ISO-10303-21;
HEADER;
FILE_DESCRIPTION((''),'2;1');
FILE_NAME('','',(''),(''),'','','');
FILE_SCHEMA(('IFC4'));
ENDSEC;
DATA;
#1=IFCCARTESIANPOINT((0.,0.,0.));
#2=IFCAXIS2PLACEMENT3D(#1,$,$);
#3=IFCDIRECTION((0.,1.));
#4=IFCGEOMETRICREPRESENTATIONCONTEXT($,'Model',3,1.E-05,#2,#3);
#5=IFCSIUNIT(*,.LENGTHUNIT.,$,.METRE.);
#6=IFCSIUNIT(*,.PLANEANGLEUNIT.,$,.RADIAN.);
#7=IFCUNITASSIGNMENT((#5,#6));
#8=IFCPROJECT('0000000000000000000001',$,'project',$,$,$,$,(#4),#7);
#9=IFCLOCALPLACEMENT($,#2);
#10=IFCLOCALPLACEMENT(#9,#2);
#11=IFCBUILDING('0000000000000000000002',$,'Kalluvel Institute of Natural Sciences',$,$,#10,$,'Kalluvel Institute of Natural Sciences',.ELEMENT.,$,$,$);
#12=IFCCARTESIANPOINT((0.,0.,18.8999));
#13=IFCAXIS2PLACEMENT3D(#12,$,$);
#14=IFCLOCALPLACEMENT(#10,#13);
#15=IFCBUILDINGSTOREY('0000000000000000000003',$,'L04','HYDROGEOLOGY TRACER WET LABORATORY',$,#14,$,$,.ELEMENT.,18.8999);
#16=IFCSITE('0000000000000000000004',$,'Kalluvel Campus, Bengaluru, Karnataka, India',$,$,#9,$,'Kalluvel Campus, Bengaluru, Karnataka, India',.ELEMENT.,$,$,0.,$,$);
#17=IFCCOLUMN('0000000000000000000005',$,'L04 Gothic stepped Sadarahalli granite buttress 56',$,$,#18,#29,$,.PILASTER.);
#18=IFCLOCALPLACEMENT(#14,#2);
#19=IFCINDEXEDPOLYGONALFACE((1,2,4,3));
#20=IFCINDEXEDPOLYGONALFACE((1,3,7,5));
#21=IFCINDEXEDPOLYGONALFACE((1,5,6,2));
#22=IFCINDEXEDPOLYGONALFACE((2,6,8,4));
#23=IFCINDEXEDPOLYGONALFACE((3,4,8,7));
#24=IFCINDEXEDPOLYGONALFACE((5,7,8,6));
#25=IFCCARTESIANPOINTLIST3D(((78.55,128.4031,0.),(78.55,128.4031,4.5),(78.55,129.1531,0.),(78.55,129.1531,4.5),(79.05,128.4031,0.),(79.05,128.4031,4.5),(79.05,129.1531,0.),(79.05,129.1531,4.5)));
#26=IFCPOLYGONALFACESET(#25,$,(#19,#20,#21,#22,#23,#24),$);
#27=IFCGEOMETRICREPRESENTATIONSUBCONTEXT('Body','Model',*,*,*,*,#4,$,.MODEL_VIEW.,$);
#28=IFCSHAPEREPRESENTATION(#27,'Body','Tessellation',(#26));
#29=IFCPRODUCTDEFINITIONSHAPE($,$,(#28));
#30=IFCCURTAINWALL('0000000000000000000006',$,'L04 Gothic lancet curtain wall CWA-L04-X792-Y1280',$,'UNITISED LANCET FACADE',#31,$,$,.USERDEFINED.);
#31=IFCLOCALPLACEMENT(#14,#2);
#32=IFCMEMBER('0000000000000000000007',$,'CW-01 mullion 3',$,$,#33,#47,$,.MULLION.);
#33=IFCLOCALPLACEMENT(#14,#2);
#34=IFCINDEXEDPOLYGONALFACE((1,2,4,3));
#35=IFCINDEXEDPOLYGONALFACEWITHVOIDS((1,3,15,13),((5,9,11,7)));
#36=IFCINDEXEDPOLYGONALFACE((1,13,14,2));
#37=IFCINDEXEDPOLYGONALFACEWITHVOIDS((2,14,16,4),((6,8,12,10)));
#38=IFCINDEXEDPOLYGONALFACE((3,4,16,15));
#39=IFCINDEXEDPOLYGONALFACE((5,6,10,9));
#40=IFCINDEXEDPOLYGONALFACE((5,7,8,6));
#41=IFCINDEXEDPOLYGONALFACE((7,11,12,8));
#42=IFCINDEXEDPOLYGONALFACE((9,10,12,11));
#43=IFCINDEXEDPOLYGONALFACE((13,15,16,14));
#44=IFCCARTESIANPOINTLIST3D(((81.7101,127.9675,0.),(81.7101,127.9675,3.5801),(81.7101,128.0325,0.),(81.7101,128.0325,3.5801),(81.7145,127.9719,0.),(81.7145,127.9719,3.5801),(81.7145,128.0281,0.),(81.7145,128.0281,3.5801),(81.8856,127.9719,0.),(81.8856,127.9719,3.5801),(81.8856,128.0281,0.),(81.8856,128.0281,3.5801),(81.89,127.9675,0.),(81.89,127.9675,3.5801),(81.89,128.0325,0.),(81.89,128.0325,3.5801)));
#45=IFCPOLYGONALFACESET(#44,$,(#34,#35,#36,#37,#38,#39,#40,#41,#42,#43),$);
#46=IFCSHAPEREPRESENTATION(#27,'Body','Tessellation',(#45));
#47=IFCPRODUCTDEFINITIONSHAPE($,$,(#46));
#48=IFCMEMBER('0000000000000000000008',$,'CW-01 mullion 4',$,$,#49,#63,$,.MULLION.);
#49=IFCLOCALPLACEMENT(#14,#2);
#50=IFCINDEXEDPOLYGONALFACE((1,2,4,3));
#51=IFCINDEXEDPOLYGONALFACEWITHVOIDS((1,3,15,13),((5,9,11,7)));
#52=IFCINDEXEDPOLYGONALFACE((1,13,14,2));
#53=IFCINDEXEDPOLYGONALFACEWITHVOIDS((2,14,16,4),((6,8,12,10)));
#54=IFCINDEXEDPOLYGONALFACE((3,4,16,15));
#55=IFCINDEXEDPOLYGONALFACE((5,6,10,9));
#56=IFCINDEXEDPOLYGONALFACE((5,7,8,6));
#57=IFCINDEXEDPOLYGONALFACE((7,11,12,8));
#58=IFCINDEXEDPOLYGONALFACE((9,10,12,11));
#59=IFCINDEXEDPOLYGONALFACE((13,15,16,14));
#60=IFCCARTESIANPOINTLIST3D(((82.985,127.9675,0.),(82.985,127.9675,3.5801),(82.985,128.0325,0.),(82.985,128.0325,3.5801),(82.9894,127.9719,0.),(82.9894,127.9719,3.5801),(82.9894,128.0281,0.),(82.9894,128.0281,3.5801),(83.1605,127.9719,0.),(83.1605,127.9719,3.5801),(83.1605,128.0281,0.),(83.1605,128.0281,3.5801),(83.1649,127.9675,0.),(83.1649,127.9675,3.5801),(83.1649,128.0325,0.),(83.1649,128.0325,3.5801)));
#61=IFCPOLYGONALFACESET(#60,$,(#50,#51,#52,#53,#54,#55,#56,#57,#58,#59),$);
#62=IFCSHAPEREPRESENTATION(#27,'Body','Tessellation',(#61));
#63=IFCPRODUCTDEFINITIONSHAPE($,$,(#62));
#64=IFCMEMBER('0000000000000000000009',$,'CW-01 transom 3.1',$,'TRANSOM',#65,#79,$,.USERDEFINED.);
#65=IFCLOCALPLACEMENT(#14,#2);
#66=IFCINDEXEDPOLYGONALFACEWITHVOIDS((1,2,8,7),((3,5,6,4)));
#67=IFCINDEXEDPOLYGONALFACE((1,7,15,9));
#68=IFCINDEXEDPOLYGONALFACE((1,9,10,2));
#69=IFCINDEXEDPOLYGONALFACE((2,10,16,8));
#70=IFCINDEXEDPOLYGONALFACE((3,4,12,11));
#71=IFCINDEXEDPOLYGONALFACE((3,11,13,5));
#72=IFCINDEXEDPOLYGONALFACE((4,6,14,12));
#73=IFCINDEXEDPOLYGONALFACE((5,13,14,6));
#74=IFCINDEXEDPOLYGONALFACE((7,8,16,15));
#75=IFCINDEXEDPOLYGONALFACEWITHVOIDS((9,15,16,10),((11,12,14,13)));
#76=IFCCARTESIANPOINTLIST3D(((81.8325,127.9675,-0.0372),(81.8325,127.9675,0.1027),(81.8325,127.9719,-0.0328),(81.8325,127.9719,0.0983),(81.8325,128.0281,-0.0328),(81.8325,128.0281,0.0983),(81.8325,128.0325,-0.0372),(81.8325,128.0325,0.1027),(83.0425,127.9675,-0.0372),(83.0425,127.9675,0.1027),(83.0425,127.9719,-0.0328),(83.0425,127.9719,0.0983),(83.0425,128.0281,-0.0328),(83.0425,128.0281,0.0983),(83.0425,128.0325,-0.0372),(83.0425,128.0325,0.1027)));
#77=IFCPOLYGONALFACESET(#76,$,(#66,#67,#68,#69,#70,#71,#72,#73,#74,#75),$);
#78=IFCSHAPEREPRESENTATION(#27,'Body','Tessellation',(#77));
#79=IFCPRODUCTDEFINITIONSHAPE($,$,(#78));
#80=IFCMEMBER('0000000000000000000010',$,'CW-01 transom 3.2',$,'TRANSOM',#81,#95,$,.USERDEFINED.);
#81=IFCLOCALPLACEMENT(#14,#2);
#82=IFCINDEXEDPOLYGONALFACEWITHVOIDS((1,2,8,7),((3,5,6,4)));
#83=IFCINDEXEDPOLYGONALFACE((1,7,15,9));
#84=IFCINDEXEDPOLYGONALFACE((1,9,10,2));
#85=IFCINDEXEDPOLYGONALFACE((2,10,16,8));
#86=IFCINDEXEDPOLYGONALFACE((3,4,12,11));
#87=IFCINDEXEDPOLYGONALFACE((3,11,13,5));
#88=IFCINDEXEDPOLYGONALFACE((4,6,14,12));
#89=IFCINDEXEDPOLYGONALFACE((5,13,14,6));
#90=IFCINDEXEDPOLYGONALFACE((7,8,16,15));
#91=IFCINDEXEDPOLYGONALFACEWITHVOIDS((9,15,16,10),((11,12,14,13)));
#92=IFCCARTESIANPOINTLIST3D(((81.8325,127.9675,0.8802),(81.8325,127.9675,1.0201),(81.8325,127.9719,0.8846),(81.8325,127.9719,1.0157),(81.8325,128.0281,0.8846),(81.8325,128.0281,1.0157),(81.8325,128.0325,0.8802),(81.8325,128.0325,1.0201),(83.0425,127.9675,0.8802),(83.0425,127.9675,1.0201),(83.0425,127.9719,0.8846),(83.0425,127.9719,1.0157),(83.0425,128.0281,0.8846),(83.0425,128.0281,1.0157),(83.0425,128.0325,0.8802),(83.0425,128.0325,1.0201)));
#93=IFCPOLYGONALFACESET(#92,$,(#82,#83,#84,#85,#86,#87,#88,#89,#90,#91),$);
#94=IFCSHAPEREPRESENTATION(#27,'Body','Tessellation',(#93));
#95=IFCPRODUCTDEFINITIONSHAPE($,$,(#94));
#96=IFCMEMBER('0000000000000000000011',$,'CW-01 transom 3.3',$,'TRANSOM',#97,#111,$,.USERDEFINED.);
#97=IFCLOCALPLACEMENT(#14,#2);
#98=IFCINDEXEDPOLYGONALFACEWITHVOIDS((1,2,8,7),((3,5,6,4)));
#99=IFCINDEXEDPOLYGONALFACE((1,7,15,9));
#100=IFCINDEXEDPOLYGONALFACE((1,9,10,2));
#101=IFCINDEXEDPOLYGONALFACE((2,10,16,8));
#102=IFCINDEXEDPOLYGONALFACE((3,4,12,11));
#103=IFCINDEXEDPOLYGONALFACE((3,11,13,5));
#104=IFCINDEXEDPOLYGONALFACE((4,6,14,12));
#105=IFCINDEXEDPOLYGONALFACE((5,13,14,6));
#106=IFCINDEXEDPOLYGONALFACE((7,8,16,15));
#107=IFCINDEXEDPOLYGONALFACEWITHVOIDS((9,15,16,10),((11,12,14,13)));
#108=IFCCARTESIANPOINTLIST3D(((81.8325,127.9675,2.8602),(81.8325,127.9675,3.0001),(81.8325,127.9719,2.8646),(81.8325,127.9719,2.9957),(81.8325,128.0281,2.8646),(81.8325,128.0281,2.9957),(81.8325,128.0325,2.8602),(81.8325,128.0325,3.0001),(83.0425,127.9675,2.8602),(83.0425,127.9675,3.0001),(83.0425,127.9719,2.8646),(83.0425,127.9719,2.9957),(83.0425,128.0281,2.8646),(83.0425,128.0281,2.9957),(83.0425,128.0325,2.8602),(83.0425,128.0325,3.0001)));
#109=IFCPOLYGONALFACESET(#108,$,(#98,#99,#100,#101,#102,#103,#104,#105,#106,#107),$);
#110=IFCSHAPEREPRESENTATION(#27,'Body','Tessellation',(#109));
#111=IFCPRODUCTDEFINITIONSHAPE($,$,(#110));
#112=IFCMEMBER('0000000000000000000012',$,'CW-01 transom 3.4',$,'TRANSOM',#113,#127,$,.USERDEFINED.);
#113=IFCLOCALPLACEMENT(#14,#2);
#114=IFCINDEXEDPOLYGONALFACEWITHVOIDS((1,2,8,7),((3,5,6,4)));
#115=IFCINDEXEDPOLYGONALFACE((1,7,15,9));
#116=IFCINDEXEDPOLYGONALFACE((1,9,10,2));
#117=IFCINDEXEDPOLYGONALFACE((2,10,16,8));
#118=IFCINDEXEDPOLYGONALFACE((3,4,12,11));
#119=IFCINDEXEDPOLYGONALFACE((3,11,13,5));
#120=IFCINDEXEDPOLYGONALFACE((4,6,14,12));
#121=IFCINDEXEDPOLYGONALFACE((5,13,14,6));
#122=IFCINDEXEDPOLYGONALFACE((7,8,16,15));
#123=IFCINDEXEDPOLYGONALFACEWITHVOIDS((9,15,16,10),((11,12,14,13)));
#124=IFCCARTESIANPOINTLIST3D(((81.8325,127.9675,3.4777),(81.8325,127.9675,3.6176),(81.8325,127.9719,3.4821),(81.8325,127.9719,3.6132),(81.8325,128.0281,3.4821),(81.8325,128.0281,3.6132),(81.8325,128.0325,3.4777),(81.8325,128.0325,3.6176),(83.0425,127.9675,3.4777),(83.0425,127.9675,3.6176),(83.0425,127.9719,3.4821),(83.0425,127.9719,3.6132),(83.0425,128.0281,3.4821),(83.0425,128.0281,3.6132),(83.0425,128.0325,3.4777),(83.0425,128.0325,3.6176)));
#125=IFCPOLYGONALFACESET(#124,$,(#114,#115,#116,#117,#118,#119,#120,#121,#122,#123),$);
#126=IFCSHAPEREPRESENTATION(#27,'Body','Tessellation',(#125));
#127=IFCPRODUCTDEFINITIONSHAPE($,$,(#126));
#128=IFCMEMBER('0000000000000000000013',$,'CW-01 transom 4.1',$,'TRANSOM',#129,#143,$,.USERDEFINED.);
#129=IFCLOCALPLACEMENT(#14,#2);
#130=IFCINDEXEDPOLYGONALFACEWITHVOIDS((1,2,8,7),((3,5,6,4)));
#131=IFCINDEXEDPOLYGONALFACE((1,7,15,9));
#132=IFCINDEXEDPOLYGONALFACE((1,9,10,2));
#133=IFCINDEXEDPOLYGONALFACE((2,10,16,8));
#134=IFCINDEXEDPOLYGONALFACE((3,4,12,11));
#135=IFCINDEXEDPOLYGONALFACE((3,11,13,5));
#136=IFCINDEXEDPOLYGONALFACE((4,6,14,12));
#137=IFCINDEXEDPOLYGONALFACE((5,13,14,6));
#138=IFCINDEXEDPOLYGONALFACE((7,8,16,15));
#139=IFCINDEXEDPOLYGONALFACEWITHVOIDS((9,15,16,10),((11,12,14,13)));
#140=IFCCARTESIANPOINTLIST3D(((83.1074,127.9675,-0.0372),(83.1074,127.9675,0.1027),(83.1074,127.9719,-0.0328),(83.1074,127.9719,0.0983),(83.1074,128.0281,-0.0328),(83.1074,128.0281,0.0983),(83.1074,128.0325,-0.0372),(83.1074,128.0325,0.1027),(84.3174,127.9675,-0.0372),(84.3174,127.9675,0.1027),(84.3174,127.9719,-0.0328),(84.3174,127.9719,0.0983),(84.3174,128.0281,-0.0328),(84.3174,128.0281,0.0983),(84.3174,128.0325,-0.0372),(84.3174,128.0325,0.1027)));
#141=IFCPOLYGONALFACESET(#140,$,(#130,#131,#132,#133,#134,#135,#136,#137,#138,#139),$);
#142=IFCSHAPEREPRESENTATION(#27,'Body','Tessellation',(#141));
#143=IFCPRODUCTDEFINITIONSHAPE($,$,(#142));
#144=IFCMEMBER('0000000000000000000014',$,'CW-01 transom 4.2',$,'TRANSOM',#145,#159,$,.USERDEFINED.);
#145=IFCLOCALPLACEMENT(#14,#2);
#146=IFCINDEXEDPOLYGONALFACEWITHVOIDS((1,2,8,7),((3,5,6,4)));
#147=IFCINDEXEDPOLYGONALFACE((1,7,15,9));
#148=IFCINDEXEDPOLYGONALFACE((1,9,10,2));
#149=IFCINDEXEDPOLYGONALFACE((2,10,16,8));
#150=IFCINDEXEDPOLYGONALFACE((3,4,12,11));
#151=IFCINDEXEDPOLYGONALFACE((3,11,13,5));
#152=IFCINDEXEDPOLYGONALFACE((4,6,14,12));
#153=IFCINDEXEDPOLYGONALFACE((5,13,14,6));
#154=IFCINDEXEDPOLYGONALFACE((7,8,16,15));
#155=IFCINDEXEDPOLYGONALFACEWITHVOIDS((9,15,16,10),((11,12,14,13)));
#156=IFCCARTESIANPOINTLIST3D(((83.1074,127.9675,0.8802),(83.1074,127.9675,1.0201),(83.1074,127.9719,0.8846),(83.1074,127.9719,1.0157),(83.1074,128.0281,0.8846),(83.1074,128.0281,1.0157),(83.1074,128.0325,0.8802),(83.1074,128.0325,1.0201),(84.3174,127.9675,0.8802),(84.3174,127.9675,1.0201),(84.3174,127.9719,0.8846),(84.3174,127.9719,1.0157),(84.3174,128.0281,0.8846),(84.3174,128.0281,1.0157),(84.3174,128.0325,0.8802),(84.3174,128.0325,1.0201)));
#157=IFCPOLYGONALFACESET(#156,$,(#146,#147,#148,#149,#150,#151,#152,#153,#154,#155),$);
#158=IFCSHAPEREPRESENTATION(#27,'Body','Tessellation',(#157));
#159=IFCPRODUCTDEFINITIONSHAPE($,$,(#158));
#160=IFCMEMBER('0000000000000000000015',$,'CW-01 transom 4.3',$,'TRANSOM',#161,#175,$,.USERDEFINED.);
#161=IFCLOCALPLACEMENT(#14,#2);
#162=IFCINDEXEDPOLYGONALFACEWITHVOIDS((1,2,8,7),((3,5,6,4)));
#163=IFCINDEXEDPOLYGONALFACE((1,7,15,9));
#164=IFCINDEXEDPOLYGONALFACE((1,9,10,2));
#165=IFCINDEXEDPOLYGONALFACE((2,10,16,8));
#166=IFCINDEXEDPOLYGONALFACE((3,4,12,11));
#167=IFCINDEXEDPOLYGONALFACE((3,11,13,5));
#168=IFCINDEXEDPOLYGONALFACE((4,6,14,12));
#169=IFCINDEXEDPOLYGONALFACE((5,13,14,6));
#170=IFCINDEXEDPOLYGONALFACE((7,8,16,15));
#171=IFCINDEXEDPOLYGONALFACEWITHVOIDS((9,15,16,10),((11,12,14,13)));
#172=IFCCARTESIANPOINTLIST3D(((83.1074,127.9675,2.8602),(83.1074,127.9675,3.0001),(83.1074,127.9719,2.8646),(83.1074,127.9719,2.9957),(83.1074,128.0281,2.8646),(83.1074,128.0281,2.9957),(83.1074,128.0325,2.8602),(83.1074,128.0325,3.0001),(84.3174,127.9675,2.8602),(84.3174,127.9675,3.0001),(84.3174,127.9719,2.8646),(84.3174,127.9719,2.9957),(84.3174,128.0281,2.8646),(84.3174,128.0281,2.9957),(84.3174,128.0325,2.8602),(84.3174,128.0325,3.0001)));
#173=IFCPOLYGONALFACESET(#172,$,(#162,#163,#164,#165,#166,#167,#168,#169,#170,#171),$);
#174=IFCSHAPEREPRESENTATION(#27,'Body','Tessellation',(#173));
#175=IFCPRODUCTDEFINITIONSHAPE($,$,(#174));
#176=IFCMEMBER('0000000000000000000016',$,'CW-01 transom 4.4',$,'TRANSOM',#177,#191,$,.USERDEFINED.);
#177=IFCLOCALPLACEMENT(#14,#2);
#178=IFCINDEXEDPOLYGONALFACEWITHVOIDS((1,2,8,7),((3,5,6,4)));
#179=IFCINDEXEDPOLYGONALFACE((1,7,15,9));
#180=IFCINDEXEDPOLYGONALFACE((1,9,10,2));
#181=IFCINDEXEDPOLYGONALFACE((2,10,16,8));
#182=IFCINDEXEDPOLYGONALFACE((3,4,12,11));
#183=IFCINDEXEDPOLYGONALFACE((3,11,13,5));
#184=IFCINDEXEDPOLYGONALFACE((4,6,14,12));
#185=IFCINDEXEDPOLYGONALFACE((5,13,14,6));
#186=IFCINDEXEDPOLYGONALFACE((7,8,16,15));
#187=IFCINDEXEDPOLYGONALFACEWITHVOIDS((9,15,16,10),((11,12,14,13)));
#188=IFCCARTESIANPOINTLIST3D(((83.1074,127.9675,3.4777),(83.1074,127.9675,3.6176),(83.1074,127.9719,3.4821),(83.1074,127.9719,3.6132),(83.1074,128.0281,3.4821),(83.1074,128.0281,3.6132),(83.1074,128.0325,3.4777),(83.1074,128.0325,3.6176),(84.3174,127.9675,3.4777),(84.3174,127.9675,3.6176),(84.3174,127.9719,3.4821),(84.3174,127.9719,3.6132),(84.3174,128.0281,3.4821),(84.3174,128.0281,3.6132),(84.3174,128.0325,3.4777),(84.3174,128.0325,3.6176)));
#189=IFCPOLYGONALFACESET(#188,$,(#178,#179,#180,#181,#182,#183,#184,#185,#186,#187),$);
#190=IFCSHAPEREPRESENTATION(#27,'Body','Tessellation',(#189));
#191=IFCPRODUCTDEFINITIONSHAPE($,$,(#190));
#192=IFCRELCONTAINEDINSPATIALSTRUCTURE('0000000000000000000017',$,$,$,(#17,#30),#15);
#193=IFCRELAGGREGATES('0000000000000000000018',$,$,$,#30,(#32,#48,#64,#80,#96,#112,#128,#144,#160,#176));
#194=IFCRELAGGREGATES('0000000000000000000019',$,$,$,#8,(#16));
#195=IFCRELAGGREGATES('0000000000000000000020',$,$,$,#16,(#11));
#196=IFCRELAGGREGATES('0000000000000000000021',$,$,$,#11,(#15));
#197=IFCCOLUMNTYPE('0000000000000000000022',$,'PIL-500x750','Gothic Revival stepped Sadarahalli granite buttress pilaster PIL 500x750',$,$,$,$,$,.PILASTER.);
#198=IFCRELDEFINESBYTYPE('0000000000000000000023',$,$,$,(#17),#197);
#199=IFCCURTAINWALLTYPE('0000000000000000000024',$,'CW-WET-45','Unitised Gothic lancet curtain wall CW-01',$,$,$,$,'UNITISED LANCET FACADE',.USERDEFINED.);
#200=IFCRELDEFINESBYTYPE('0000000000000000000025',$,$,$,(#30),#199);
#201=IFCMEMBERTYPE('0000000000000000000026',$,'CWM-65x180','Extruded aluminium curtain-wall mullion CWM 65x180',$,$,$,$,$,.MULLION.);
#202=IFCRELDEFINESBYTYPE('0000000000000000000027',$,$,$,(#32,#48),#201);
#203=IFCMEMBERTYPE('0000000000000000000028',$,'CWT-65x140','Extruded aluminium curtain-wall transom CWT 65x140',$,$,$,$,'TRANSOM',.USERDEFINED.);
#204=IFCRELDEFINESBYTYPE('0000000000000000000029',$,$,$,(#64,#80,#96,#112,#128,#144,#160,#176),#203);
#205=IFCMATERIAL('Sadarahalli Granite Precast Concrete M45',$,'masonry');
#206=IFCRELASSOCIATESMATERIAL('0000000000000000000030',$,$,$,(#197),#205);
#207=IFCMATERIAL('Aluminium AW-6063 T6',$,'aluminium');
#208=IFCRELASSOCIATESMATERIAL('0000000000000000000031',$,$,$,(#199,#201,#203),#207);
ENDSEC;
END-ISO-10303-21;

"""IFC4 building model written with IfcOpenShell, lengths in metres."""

from ifc_helpers import new_model, si_unit, direction, frame, origin, origin_2d, place, context, subcontext, project, spatial, rectangle, hollow_rectangle, extrude, material, material_profile, profile_set, type_object, element, aggregate, save


model = new_model("IFC4")

# Units and contexts
model_context = context("Model", 3, precision=1e-05, world=origin(), true_north=direction((0.0, 1.0)))
body_context = subcontext(model_context, "Body", "Model", "MODEL_VIEW")
ifc_project = project(units=[si_unit("LENGTHUNIT", "METRE"), si_unit("PLANEANGLEUNIT", "RADIAN")], contexts=[model_context])

# Site, building, storey
site_placement = place(None, origin())
site = spatial("IfcSite", under=ifc_project, at=site_placement, Name="Kalluvel Campus, Bengaluru, Karnataka, India", LongName="Kalluvel Campus, Bengaluru, Karnataka, India", CompositionType="ELEMENT", RefElevation=0.0)
building_placement = place(site_placement, origin())
building = spatial("IfcBuilding", under=site, at=building_placement, Name="Kalluvel Institute of Natural Sciences", LongName="Kalluvel Institute of Natural Sciences", CompositionType="ELEMENT")
storey_placement = place(building_placement, frame((0.0, 0.0, 18.8999)))
storey = spatial("IfcBuildingStorey", under=building, at=storey_placement, Name="L04", Description="HYDROGEOLOGY TRACER WET LABORATORY", CompositionType="ELEMENT", Elevation=18.8999)

# Column
ifc_material_1 = material(Name="Sadarahalli Granite Precast Concrete M45", Category="masonry")
ifc_material_profile_1 = material_profile(ifc_material_1, rectangle(XDim=0.5, YDim=0.75, at=origin_2d()), Name="PIL 500x750")
ifc_profile_set_1 = profile_set([ifc_material_profile_1], Name="Sadarahalli Granite Precast Concrete M45")
column_type = type_object("IfcColumnType", Name="PIL-500x750", Description="Gothic Revival stepped Sadarahalli granite buttress pilaster PIL 500x750", PredefinedType="PILASTER", material=ifc_profile_set_1)
column_placement = place(storey_placement, frame((78.8, 128.7781, 0.0), z_axis=(0.0, 0.0, 1.0), x_axis=(1.0, 0.0, 0.0)))
element("IfcColumn", 1, at=column_placement, inside=storey, type_object=column_type, Name="L04 Gothic stepped Sadarahalli granite buttress 56", PredefinedType="PILASTER", context=body_context, shape_type="SweptSolid", body=[
    extrude(rectangle(XDim=0.5, YDim=0.75, at=origin_2d()), origin(), (0.0, 0.0, 1.0), 4.5),
])

# Curtain wall, members
ifc_material_2 = material(Name="Aluminium AW-6063 T6", Category="aluminium")
curtain_wall_type = type_object("IfcCurtainWallType", Name="CW-WET-45", Description="Unitised Gothic lancet curtain wall CW-01", ElementType="UNITISED LANCET FACADE", PredefinedType="USERDEFINED", material=ifc_material_2)
curtain_wall_placement = place(storey_placement, origin())
curtain_wall = element("IfcCurtainWall", 2, at=curtain_wall_placement, inside=storey, type_object=curtain_wall_type, Name="L04 Gothic lancet curtain wall CWA-L04-X792-Y1280", ObjectType="UNITISED LANCET FACADE", PredefinedType="USERDEFINED")
ifc_material_profile_2 = material_profile(ifc_material_2, hollow_rectangle(XDim=0.0649, YDim=0.1799, WallThickness=0.0044, at=origin_2d()), Name="CWM 65x180")
ifc_profile_set_2 = profile_set([ifc_material_profile_2], Name="Aluminium AW-6063 T6")
member_type_1 = type_object("IfcMemberType", Name="CWM-65x180", Description="Extruded aluminium curtain-wall mullion CWM 65x180", PredefinedType="MULLION", material=ifc_profile_set_2)
member_1_placement = place(storey_placement, frame((81.8, 128.0, 0.0), z_axis=(0.0, 0.0, 1.0), x_axis=(0.0, 1.0, 0.0)))
member_1 = element("IfcMember", 3, at=member_1_placement, type_object=member_type_1, Name="CW-01 mullion 3", PredefinedType="MULLION", context=body_context, shape_type="SweptSolid", body=[
    extrude(hollow_rectangle(XDim=0.0649, YDim=0.1799, WallThickness=0.0044, at=origin_2d()), origin(), (0.0, 0.0, 1.0), 3.5801),
])
member_2_placement = place(storey_placement, frame((83.075, 128.0, 0.0), z_axis=(0.0, 0.0, 1.0), x_axis=(0.0, 1.0, 0.0)))
member_2 = element("IfcMember", 4, at=member_2_placement, type_object=member_type_1, Name="CW-01 mullion 4", PredefinedType="MULLION", context=body_context, shape_type="SweptSolid", body=[
    extrude(hollow_rectangle(XDim=0.0649, YDim=0.1799, WallThickness=0.0044, at=origin_2d()), origin(), (0.0, 0.0, 1.0), 3.5801),
])
ifc_material_profile_3 = material_profile(ifc_material_2, hollow_rectangle(XDim=0.0649, YDim=0.1399, WallThickness=0.0044, at=origin_2d()), Name="CWT 65x140")
ifc_profile_set_3 = profile_set([ifc_material_profile_3], Name="Aluminium AW-6063 T6")
member_type_2 = type_object("IfcMemberType", Name="CWT-65x140", Description="Extruded aluminium curtain-wall transom CWT 65x140", ElementType="TRANSOM", PredefinedType="USERDEFINED", material=ifc_profile_set_3)
member_3_placement = place(storey_placement, frame((81.8325, 128.0, 0.0327), z_axis=(1.0, 0.0, 0.0), x_axis=(0.0, 1.0, 0.0)))
member_3 = element("IfcMember", 5, at=member_3_placement, type_object=member_type_2, Name="CW-01 transom 3.1", ObjectType="TRANSOM", PredefinedType="USERDEFINED", context=body_context, shape_type="SweptSolid", body=[
    extrude(hollow_rectangle(XDim=0.0649, YDim=0.1399, WallThickness=0.0044, at=origin_2d()), origin(), (0.0, 0.0, 1.0), 1.21),
])
member_4_placement = place(storey_placement, frame((81.8325, 128.0, 0.9502), z_axis=(1.0, 0.0, 0.0), x_axis=(0.0, 1.0, 0.0)))
member_4 = element("IfcMember", 6, at=member_4_placement, type_object=member_type_2, Name="CW-01 transom 3.2", ObjectType="TRANSOM", PredefinedType="USERDEFINED", context=body_context, shape_type="SweptSolid", body=[
    extrude(hollow_rectangle(XDim=0.0649, YDim=0.1399, WallThickness=0.0044, at=origin_2d()), origin(), (0.0, 0.0, 1.0), 1.21),
])
member_5_placement = place(storey_placement, frame((81.8325, 128.0, 2.9302), z_axis=(1.0, 0.0, 0.0), x_axis=(0.0, 1.0, 0.0)))
member_5 = element("IfcMember", 7, at=member_5_placement, type_object=member_type_2, Name="CW-01 transom 3.3", ObjectType="TRANSOM", PredefinedType="USERDEFINED", context=body_context, shape_type="SweptSolid", body=[
    extrude(hollow_rectangle(XDim=0.0649, YDim=0.1399, WallThickness=0.0044, at=origin_2d()), origin(), (0.0, 0.0, 1.0), 1.21),
])
member_6_placement = place(storey_placement, frame((81.8325, 128.0, 3.5476), z_axis=(1.0, 0.0, 0.0), x_axis=(0.0, 1.0, 0.0)))
member_6 = element("IfcMember", 8, at=member_6_placement, type_object=member_type_2, Name="CW-01 transom 3.4", ObjectType="TRANSOM", PredefinedType="USERDEFINED", context=body_context, shape_type="SweptSolid", body=[
    extrude(hollow_rectangle(XDim=0.0649, YDim=0.1399, WallThickness=0.0044, at=origin_2d()), origin(), (0.0, 0.0, 1.0), 1.21),
])
member_7_placement = place(storey_placement, frame((83.1074, 128.0, 0.0327), z_axis=(1.0, 0.0, 0.0), x_axis=(0.0, 1.0, 0.0)))
member_7 = element("IfcMember", 9, at=member_7_placement, type_object=member_type_2, Name="CW-01 transom 4.1", ObjectType="TRANSOM", PredefinedType="USERDEFINED", context=body_context, shape_type="SweptSolid", body=[
    extrude(hollow_rectangle(XDim=0.0649, YDim=0.1399, WallThickness=0.0044, at=origin_2d()), origin(), (0.0, 0.0, 1.0), 1.21),
])
member_8_placement = place(storey_placement, frame((83.1074, 128.0, 0.9502), z_axis=(1.0, 0.0, 0.0), x_axis=(0.0, 1.0, 0.0)))
member_8 = element("IfcMember", 10, at=member_8_placement, type_object=member_type_2, Name="CW-01 transom 4.2", ObjectType="TRANSOM", PredefinedType="USERDEFINED", context=body_context, shape_type="SweptSolid", body=[
    extrude(hollow_rectangle(XDim=0.0649, YDim=0.1399, WallThickness=0.0044, at=origin_2d()), origin(), (0.0, 0.0, 1.0), 1.21),
])
member_9_placement = place(storey_placement, frame((83.1074, 128.0, 2.9302), z_axis=(1.0, 0.0, 0.0), x_axis=(0.0, 1.0, 0.0)))
member_9 = element("IfcMember", 11, at=member_9_placement, type_object=member_type_2, Name="CW-01 transom 4.3", ObjectType="TRANSOM", PredefinedType="USERDEFINED", context=body_context, shape_type="SweptSolid", body=[
    extrude(hollow_rectangle(XDim=0.0649, YDim=0.1399, WallThickness=0.0044, at=origin_2d()), origin(), (0.0, 0.0, 1.0), 1.21),
])
member_10_placement = place(storey_placement, frame((83.1074, 128.0, 3.5476), z_axis=(1.0, 0.0, 0.0), x_axis=(0.0, 1.0, 0.0)))
member_10 = element("IfcMember", 12, at=member_10_placement, type_object=member_type_2, Name="CW-01 transom 4.4", ObjectType="TRANSOM", PredefinedType="USERDEFINED", context=body_context, shape_type="SweptSolid", body=[
    extrude(hollow_rectangle(XDim=0.0649, YDim=0.1399, WallThickness=0.0044, at=origin_2d()), origin(), (0.0, 0.0, 1.0), 1.21),
])
aggregate(curtain_wall, [member_1, member_2, member_3, member_4, member_5, member_6, member_7, member_8, member_9, member_10])

save(model, "model.ifc")
